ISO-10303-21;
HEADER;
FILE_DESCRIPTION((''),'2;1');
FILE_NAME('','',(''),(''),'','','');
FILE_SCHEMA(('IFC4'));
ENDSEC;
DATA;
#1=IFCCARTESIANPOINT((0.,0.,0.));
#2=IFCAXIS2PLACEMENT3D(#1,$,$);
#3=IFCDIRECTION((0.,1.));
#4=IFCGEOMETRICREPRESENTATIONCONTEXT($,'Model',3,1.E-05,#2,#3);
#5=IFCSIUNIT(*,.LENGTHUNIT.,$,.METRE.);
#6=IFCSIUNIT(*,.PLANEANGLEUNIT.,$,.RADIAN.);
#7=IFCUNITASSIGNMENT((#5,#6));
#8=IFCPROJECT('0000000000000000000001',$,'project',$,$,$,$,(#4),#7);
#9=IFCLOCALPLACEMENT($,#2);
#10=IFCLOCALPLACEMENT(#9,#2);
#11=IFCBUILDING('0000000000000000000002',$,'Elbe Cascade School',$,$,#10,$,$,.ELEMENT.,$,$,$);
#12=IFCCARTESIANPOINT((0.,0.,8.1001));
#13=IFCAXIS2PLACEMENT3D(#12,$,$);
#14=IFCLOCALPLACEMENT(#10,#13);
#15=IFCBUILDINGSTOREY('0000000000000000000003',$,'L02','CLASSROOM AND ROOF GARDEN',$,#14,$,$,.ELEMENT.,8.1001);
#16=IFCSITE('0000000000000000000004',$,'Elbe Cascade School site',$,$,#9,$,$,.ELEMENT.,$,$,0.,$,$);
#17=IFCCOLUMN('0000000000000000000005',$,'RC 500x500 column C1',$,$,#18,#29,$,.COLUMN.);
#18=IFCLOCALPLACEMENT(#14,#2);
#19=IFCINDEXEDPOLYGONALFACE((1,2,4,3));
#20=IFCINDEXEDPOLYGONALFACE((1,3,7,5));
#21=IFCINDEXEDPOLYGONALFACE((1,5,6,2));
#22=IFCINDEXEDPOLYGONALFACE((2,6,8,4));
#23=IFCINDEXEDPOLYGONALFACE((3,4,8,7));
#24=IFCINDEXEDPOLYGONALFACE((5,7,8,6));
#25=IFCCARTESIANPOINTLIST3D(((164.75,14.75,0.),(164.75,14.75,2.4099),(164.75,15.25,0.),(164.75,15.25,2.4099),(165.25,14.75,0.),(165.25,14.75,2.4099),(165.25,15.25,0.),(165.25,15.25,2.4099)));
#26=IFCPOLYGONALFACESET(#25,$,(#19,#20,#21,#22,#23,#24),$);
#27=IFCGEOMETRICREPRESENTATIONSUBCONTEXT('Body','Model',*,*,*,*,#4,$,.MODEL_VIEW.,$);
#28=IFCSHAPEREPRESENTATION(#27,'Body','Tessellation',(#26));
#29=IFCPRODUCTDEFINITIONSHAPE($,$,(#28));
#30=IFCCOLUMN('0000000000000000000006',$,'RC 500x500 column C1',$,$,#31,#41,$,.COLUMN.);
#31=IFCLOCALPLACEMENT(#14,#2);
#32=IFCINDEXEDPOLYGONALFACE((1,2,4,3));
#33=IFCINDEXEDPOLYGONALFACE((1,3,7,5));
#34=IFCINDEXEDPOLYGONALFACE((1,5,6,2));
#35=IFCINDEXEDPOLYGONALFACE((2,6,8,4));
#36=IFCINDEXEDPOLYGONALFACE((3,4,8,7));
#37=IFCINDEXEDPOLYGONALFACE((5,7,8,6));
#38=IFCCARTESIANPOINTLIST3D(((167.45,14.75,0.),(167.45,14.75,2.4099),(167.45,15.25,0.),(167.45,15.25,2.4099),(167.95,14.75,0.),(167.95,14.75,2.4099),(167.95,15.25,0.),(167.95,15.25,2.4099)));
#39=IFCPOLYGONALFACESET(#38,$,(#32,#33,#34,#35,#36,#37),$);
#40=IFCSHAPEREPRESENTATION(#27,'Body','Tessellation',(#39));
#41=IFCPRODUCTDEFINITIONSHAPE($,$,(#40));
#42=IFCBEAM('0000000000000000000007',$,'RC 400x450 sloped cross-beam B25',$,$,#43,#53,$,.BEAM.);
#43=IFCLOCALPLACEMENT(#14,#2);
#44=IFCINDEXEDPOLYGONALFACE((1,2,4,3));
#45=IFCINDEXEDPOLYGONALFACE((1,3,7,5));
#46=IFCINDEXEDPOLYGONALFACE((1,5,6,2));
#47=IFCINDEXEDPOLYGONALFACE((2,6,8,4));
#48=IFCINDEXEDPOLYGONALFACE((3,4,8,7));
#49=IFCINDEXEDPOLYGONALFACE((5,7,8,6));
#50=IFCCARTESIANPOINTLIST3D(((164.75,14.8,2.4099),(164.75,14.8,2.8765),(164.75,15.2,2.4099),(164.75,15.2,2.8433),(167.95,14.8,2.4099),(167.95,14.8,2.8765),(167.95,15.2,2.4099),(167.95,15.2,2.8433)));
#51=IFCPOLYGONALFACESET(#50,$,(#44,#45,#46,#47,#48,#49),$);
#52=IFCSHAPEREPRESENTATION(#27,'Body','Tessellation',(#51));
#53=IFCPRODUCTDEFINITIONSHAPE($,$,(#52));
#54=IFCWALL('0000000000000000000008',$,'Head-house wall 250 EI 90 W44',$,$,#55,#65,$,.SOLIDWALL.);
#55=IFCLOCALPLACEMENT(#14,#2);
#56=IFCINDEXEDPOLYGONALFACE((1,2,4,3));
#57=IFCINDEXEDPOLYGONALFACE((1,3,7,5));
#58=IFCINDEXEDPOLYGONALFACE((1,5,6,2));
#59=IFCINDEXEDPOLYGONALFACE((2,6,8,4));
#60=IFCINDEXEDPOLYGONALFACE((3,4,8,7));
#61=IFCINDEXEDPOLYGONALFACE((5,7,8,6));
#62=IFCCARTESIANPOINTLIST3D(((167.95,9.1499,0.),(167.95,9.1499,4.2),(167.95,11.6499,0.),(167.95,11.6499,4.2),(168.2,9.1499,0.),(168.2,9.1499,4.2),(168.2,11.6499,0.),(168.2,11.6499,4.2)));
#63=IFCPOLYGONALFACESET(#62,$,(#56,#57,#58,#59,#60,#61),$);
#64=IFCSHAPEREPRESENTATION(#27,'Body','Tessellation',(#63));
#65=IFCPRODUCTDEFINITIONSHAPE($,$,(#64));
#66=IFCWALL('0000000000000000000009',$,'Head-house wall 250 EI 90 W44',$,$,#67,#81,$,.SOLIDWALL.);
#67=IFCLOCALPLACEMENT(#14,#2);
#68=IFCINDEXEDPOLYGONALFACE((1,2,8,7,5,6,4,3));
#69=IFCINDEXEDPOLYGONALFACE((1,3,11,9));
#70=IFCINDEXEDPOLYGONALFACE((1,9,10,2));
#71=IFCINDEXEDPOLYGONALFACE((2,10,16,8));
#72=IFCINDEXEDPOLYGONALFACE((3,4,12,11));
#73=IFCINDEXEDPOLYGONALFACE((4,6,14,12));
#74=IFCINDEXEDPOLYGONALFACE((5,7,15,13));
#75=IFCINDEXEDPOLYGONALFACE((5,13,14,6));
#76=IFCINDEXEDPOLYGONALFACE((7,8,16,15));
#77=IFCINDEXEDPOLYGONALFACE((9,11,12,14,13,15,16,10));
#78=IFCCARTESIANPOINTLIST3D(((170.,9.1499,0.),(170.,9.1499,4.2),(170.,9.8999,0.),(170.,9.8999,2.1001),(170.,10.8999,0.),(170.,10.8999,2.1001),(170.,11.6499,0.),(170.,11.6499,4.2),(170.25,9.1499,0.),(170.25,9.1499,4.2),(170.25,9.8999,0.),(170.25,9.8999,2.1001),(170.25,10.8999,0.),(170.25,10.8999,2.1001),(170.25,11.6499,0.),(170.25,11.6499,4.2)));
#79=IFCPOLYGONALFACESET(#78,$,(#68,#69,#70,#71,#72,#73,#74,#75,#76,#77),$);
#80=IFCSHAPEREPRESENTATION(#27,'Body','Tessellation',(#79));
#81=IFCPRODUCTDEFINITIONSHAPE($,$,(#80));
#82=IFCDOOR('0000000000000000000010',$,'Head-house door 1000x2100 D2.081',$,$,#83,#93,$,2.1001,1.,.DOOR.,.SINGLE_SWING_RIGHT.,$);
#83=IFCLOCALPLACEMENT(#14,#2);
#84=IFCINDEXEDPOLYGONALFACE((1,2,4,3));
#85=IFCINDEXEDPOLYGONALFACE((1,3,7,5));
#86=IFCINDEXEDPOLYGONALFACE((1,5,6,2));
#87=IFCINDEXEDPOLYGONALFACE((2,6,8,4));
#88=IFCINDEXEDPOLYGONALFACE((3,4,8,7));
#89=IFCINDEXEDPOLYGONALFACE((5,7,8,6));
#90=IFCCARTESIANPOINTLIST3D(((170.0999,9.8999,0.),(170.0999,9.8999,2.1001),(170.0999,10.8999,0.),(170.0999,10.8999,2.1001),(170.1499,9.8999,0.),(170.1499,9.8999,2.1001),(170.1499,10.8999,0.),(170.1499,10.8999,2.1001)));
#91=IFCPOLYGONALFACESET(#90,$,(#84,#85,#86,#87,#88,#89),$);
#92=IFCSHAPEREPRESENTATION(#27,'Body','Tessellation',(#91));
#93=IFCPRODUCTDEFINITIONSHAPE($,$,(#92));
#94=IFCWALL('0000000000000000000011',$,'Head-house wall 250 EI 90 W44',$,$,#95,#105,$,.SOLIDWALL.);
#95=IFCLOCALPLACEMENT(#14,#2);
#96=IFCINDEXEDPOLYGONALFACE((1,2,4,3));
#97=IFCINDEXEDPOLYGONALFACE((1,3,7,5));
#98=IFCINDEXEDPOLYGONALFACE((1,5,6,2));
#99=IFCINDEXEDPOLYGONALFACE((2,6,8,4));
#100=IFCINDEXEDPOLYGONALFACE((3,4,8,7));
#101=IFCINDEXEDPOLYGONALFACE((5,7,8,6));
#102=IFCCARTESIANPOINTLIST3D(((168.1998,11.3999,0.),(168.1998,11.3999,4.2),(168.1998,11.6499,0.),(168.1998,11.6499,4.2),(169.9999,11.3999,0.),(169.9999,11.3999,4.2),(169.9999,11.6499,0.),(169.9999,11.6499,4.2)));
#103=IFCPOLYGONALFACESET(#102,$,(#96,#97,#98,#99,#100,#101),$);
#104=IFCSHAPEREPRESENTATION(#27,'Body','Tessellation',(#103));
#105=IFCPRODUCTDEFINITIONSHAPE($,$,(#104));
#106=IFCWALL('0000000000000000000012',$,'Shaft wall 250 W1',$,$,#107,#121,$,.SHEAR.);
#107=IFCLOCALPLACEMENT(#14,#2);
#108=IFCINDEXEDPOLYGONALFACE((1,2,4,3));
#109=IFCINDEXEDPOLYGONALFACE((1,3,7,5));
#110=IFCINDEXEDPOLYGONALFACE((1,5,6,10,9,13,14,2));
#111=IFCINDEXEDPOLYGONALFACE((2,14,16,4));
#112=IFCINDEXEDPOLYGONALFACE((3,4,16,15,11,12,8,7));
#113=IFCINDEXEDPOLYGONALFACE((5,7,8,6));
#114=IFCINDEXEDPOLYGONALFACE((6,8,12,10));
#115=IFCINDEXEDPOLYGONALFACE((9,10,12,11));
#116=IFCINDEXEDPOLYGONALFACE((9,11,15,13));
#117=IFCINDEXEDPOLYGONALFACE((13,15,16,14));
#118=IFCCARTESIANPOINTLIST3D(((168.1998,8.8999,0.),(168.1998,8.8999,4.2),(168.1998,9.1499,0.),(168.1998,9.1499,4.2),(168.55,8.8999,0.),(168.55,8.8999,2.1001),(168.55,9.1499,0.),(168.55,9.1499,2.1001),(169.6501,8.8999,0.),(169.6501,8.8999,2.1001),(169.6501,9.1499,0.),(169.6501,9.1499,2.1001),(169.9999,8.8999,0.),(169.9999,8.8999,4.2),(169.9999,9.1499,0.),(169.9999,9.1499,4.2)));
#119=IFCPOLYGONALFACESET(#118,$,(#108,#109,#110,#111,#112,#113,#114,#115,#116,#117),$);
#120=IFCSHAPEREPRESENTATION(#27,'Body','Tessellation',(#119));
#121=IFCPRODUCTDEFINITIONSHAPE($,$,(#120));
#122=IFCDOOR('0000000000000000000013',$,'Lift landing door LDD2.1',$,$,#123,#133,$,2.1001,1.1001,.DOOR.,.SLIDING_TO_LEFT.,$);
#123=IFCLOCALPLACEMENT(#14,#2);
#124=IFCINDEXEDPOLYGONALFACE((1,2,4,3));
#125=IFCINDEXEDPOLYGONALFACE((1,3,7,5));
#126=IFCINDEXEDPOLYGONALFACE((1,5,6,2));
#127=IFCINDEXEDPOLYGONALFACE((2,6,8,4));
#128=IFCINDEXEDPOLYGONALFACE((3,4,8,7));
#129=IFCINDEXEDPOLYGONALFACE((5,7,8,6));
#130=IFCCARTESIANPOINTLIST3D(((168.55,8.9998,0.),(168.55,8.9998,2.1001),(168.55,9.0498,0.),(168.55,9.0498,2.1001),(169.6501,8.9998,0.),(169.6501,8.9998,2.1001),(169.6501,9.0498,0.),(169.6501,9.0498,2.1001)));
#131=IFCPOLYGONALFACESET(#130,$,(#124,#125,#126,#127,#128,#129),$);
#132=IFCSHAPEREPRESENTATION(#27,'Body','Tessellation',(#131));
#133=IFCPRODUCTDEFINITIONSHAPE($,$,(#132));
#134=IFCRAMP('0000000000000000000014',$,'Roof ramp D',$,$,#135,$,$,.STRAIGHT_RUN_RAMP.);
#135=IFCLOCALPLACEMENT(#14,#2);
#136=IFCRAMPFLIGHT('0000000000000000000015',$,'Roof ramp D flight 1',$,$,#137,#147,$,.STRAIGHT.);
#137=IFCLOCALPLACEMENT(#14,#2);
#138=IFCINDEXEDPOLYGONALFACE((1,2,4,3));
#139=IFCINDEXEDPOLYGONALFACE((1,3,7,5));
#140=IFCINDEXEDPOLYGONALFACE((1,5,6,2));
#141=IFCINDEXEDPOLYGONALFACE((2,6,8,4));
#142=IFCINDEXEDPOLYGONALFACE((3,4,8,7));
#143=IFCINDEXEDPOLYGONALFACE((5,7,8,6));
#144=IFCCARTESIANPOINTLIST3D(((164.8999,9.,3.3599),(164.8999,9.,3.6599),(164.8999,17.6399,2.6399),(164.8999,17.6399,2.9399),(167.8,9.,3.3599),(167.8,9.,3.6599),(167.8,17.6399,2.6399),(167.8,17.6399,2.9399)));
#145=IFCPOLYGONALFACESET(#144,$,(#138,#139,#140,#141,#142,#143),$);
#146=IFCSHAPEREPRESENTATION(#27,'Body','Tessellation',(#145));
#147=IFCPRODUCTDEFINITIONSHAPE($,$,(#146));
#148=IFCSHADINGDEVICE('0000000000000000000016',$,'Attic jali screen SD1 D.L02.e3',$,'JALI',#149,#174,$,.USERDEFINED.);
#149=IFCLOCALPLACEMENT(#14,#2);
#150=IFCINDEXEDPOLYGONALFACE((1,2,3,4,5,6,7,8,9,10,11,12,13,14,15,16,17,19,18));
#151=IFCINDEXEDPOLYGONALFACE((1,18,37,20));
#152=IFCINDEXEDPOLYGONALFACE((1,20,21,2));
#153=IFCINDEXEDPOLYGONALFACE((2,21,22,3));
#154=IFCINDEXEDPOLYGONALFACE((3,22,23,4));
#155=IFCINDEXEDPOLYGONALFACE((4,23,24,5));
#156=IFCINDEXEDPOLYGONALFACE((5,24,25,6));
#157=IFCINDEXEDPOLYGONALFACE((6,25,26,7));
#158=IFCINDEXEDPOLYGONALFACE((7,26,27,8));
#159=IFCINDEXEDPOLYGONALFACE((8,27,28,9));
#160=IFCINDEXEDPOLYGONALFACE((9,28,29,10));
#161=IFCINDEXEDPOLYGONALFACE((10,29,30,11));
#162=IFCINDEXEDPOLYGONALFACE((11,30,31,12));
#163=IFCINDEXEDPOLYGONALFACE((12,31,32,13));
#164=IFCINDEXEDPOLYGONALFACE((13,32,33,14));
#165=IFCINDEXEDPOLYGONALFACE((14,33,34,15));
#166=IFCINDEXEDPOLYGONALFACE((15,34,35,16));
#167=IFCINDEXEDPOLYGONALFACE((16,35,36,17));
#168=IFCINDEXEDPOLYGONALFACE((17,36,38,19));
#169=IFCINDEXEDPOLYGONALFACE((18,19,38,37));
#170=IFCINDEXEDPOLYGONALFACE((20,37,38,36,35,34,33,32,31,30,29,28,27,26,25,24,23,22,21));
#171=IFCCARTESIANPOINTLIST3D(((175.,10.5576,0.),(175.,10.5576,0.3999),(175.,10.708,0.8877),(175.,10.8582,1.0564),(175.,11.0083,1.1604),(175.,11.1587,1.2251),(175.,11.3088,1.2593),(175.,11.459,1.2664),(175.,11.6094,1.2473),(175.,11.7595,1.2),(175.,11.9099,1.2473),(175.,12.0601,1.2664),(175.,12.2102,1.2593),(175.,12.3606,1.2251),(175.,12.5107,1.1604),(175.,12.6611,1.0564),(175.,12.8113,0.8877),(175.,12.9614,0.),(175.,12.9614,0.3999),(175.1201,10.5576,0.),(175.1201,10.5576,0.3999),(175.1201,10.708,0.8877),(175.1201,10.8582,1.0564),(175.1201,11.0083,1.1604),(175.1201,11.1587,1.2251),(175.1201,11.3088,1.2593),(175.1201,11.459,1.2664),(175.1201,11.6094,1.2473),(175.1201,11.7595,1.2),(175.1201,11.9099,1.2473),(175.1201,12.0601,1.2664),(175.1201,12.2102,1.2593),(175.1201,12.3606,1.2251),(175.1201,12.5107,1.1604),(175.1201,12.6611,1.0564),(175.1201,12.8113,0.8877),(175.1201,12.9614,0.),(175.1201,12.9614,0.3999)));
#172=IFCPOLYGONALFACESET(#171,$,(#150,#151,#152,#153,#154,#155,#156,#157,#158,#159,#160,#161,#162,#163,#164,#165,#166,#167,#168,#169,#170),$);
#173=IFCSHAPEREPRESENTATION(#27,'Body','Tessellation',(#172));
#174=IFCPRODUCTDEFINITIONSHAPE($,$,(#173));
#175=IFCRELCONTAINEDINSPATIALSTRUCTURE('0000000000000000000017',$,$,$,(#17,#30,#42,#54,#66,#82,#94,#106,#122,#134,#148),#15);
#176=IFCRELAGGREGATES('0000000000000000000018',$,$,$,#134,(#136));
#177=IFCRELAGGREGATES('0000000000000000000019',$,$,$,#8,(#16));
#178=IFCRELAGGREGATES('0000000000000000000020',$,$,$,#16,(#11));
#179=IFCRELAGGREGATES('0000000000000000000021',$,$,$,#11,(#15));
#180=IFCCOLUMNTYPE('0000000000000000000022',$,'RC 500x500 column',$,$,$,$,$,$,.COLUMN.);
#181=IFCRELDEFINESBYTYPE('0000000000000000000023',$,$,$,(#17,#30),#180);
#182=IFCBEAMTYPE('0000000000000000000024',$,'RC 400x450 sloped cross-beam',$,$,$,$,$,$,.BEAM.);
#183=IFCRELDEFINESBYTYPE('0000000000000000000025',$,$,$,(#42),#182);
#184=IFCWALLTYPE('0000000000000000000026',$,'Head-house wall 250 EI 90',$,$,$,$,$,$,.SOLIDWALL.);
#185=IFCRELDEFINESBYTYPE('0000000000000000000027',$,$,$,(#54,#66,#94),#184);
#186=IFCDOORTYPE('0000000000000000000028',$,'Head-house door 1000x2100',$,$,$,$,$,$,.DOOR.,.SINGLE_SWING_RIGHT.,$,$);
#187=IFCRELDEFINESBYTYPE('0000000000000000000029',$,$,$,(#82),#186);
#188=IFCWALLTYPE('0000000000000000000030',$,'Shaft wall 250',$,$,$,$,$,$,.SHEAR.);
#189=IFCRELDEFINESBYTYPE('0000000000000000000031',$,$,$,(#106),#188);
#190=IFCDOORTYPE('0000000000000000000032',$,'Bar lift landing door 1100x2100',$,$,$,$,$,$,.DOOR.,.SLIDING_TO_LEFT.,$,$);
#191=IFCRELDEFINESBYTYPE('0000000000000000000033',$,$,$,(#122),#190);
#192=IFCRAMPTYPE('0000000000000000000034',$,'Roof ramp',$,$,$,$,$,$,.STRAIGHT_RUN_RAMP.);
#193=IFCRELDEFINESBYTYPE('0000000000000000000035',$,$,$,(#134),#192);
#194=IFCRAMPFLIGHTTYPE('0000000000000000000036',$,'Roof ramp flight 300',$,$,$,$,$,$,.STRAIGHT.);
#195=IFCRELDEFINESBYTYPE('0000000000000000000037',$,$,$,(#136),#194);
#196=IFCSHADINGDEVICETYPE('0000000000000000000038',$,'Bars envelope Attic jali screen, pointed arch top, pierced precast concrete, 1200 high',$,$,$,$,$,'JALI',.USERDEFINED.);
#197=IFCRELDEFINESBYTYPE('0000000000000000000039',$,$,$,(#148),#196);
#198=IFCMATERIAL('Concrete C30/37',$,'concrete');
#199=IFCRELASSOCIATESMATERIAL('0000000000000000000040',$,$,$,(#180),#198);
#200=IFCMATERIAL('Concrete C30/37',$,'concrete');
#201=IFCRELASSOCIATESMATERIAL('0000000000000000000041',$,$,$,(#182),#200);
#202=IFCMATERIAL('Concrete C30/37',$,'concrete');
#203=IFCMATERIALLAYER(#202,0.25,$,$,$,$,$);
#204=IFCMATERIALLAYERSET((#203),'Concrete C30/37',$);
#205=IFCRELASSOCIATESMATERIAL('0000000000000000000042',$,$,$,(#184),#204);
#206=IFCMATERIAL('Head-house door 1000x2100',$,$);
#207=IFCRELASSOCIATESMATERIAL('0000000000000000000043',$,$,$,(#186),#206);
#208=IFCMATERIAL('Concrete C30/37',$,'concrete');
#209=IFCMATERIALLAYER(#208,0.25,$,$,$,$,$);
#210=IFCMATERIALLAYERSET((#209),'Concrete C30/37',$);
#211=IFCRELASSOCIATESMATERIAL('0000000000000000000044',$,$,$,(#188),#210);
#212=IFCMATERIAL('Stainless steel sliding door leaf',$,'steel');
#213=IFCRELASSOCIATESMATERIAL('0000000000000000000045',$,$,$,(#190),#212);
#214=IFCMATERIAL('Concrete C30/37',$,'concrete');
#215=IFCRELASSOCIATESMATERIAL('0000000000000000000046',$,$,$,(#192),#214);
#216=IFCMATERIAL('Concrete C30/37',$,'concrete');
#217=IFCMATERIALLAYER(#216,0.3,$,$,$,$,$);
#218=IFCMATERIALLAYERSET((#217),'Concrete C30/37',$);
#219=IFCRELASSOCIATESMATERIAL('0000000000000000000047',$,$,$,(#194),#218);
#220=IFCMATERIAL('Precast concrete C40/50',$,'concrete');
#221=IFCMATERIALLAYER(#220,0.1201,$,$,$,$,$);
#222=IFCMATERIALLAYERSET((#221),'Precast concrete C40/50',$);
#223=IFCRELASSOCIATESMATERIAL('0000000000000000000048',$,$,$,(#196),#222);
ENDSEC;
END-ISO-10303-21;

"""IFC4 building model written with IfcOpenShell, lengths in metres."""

from ifc_helpers import new_model, si_unit, direction, frame, frame_2d, origin, origin_2d, place, context, subcontext, project, spatial, polyline, rectangle, outline, extrude, material, layer, layer_set, material_profile, profile_set, type_object, element, fill, aggregate, save


model = new_model("IFC4")

# Units and contexts
model_context = context("Model", 3, precision=1e-05, world=origin(), true_north=direction((0.0, 1.0)))
body_context = subcontext(model_context, "Body", "Model", "MODEL_VIEW")
ifc_project = project(units=[si_unit("LENGTHUNIT", "METRE"), si_unit("PLANEANGLEUNIT", "RADIAN")], contexts=[model_context])

# Site, building, storey
site_placement = place(None, origin())
site = spatial("IfcSite", under=ifc_project, at=site_placement, Name="Elbe Cascade School site", CompositionType="ELEMENT", RefElevation=0.0)
building_placement = place(site_placement, origin())
building = spatial("IfcBuilding", under=site, at=building_placement, Name="Elbe Cascade School", CompositionType="ELEMENT")
storey_placement = place(building_placement, frame((0.0, 0.0, 8.1001)))
storey = spatial("IfcBuildingStorey", under=building, at=storey_placement, Name="L02", Description="CLASSROOM AND ROOF GARDEN", CompositionType="ELEMENT", Elevation=8.1001)

# Columns
ifc_material_1 = material(Name="Concrete C30/37", Category="concrete")
ifc_material_profile_1 = material_profile(ifc_material_1, rectangle(XDim=0.5, YDim=0.5, at=origin_2d()), Name="RC 500x500")
ifc_profile_set_1 = profile_set([ifc_material_profile_1], Name="Concrete C30/37")
column_type = type_object("IfcColumnType", Name="RC 500x500 column", PredefinedType="COLUMN", material=ifc_profile_set_1)
for number, where, z_axis, x_axis, name in (
    (1, (165.0, 15.0, 0.0), (0.0, 0.0, 1.0), (1.0, 0.0, 0.0), "RC 500x500 column C1"),
    (2, (167.7, 15.0, 0.0), (0.0, 0.0, 1.0), (1.0, 0.0, 0.0), "RC 500x500 column C1"),
):
    element("IfcColumn", number, at=place(storey_placement, frame(where, z_axis=z_axis, x_axis=x_axis)), inside=storey, type_object=column_type, Name=name, PredefinedType="COLUMN", context=body_context, shape_type="SweptSolid", body=[
        extrude(rectangle(XDim=0.5, YDim=0.5, at=origin_2d()), origin(), (0.0, 0.0, 1.0), 2.4099),
    ])

# Beam
ifc_material_2 = material(Name="Concrete C30/37", Category="concrete")
ifc_material_profile_2 = material_profile(ifc_material_2, outline(polyline([(-0.2, 0.0), (0.2, 0.0), (0.2, 0.4333), (-0.2, 0.4666), (-0.2, 0.0)])), Name="RC cross-beam 400x450 sloped top")
ifc_profile_set_2 = profile_set([ifc_material_profile_2], Name="Concrete C30/37")
beam_type = type_object("IfcBeamType", Name="RC 400x450 sloped cross-beam", PredefinedType="BEAM", material=ifc_profile_set_2)
beam_placement = place(storey_placement, frame((164.75, 15.0, 2.4099), z_axis=(1.0, 0.0, 0.0), x_axis=(0.0, 1.0, 0.0)))
element("IfcBeam", 3, at=beam_placement, inside=storey, type_object=beam_type, Name="RC 400x450 sloped cross-beam B25", PredefinedType="BEAM", context=body_context, shape_type="SweptSolid", body=[
    extrude(outline(polyline([(-0.2, 0.0), (0.2, 0.0), (0.2, 0.4333), (-0.2, 0.4666), (-0.2, 0.0)])), origin(), (0.0, 0.0, 1.0), 3.2),
])

# Wall
ifc_material_3 = material(Name="Concrete C30/37", Category="concrete")
ifc_layer_1 = layer(ifc_material_3, 0.25)
ifc_layer_set_1 = layer_set([ifc_layer_1], Name="Concrete C30/37")
wall_type_1 = type_object("IfcWallType", Name="Head-house wall 250 EI 90", PredefinedType="SOLIDWALL", material=ifc_layer_set_1)
wall_1_placement = place(storey_placement, frame((168.075, 9.1499, 0.0), z_axis=(0.0, 0.0, 1.0), x_axis=(0.0, 1.0, 0.0)))
element("IfcWall", 4, at=wall_1_placement, inside=storey, type_object=wall_type_1, Name="Head-house wall 250 EI 90 W44", PredefinedType="SOLIDWALL", context=body_context, shape_type="SweptSolid", body=[
    extrude(rectangle(XDim=2.5, YDim=0.25, at=frame_2d((1.25, 0.0))), origin(), (0.0, 0.0, 1.0), 4.2),
])

# Wall, opening, door
wall_2_placement = place(storey_placement, frame((170.125, 11.6499, 0.0), z_axis=(0.0, 0.0, 1.0), x_axis=(0.0, -1.0, 0.0)))
wall_2 = element("IfcWall", 5, at=wall_2_placement, inside=storey, type_object=wall_type_1, Name="Head-house wall 250 EI 90 W44", PredefinedType="SOLIDWALL", context=body_context, shape_type="SweptSolid", body=[
    extrude(rectangle(XDim=2.5, YDim=0.25, at=frame_2d((1.25, 0.0))), origin(), (0.0, 0.0, 1.0), 4.2),
])
opening_1_placement = place(wall_2_placement, frame((0.75, 0.0, 0.0)))
opening_1 = element("IfcOpeningElement", 6, at=opening_1_placement, cuts=wall_2, PredefinedType="OPENING", context=body_context, shape_type="SweptSolid", body=[
    extrude(rectangle(XDim=1.0, YDim=2.1001, at=frame_2d((0.5, 1.05))), frame((0.0, 0.135, 0.0), z_axis=(0.0, -1.0, 0.0), x_axis=(1.0, 0.0, 0.0)), (0.0, 0.0, 1.0), 0.27),
])
ifc_material_4 = material(Name="Head-house door 1000x2100")
door_type_1 = type_object("IfcDoorType", Name="Head-house door 1000x2100", OperationType="SINGLE_SWING_RIGHT", PredefinedType="DOOR", material=ifc_material_4)
door_1_placement = place(opening_1_placement, origin())
door_1 = element("IfcDoor", 7, at=door_1_placement, inside=storey, type_object=door_type_1, Name="Head-house door 1000x2100 D2.081", OperationType="SINGLE_SWING_RIGHT", OverallHeight=2.1001, OverallWidth=1.0, PredefinedType="DOOR", context=body_context, shape_type="SweptSolid", body=[
    extrude(rectangle(XDim=1.0, YDim=2.1001, at=frame_2d((0.5, 1.05))), frame((0.0, 0.0249, 0.0), z_axis=(0.0, -1.0, 0.0), x_axis=(1.0, 0.0, 0.0)), (0.0, 0.0, 1.0), 0.05),
])
fill(opening_1, door_1)

# Wall
wall_3_placement = place(storey_placement, frame((168.2, 11.5249, 0.0), z_axis=(0.0, 0.0, 1.0), x_axis=(1.0, 0.0, 0.0)))
element("IfcWall", 8, at=wall_3_placement, inside=storey, type_object=wall_type_1, Name="Head-house wall 250 EI 90 W44", PredefinedType="SOLIDWALL", context=body_context, shape_type="SweptSolid", body=[
    extrude(rectangle(XDim=1.8, YDim=0.25, at=frame_2d((0.8999, 0.0))), origin(), (0.0, 0.0, 1.0), 4.2),
])

# Wall, opening, door
ifc_material_5 = material(Name="Concrete C30/37", Category="concrete")
ifc_layer_2 = layer(ifc_material_5, 0.25)
ifc_layer_set_2 = layer_set([ifc_layer_2], Name="Concrete C30/37")
wall_type_2 = type_object("IfcWallType", Name="Shaft wall 250", PredefinedType="SHEAR", material=ifc_layer_set_2)
wall_4_placement = place(storey_placement, frame((168.2, 9.0249, 0.0), z_axis=(0.0, 0.0, 1.0), x_axis=(1.0, 0.0, 0.0)))
wall_4 = element("IfcWall", 9, at=wall_4_placement, inside=storey, type_object=wall_type_2, Name="Shaft wall 250 W1", PredefinedType="SHEAR", context=body_context, shape_type="SweptSolid", body=[
    extrude(rectangle(XDim=1.8, YDim=0.25, at=frame_2d((0.8999, 0.0))), origin(), (0.0, 0.0, 1.0), 4.2),
])
opening_2_placement = place(wall_4_placement, frame((0.3501, 0.0, 0.0)))
opening_2 = element("IfcOpeningElement", 10, at=opening_2_placement, cuts=wall_4, PredefinedType="OPENING", context=body_context, shape_type="SweptSolid", body=[
    extrude(rectangle(XDim=1.1001, YDim=2.1001, at=frame_2d((0.55, 1.05))), frame((0.0, 0.135, 0.0), z_axis=(0.0, -1.0, 0.0), x_axis=(1.0, 0.0, 0.0)), (0.0, 0.0, 1.0), 0.27),
])
ifc_material_6 = material(Name="Stainless steel sliding door leaf", Category="steel")
door_type_2 = type_object("IfcDoorType", Name="Bar lift landing door 1100x2100", OperationType="SLIDING_TO_LEFT", PredefinedType="DOOR", material=ifc_material_6)
door_2_placement = place(opening_2_placement, origin())
door_2 = element("IfcDoor", 11, at=door_2_placement, inside=storey, type_object=door_type_2, Name="Lift landing door LDD2.1", OperationType="SLIDING_TO_LEFT", OverallHeight=2.1001, OverallWidth=1.1001, PredefinedType="DOOR", context=body_context, shape_type="SweptSolid", body=[
    extrude(rectangle(XDim=1.1001, YDim=2.1001, at=frame_2d((0.55, 1.05))), frame((0.0, 0.0249, 0.0), z_axis=(0.0, -1.0, 0.0), x_axis=(1.0, 0.0, 0.0)), (0.0, 0.0, 1.0), 0.05),
])
fill(opening_2, door_2)

# Ramp, ramp flight
ifc_material_7 = material(Name="Concrete C30/37", Category="concrete")
ramp_type = type_object("IfcRampType", Name="Roof ramp", PredefinedType="STRAIGHT_RUN_RAMP", material=ifc_material_7)
ramp_placement = place(storey_placement, origin())
ramp = element("IfcRamp", 12, at=ramp_placement, inside=storey, type_object=ramp_type, Name="Roof ramp D", PredefinedType="STRAIGHT_RUN_RAMP")
ifc_material_8 = material(Name="Concrete C30/37", Category="concrete")
ifc_layer_3 = layer(ifc_material_8, 0.3)
ifc_layer_set_3 = layer_set([ifc_layer_3], Name="Concrete C30/37")
ramp_flight_type = type_object("IfcRampFlightType", Name="Roof ramp flight 300", PredefinedType="STRAIGHT", material=ifc_layer_set_3)
ramp_flight_placement = place(storey_placement, frame((166.3501, 9.0, 3.6599), z_axis=(0.0, 0.0, 1.0), x_axis=(0.0, 1.0, 0.0)))
ramp_flight = element("IfcRampFlight", 13, at=ramp_flight_placement, type_object=ramp_flight_type, Name="Roof ramp D flight 1", PredefinedType="STRAIGHT", context=body_context, shape_type="SweptSolid", body=[
    extrude(outline(polyline([(0.0, -0.3), (8.6399, -1.02), (8.6399, -0.72), (0.0, 0.0), (0.0, -0.3)])), frame((0.0, 1.4502, 0.0), z_axis=(0.0, -1.0, 0.0), x_axis=(1.0, 0.0, 0.0)), (0.0, 0.0, 1.0), 2.9001),
])
aggregate(ramp, [ramp_flight])

# Shading device
ifc_material_9 = material(Name="Precast concrete C40/50", Category="concrete")
ifc_layer_4 = layer(ifc_material_9, 0.1201)
ifc_layer_set_4 = layer_set([ifc_layer_4], Name="Precast concrete C40/50")
shading_device_type = type_object("IfcShadingDeviceType", Name="Bars envelope Attic jali screen, pointed arch top, pierced precast concrete, 1200 high", ElementType="JALI", PredefinedType="USERDEFINED", material=ifc_layer_set_4)
shading_device_1_placement = place(storey_placement, frame((175.1201, 10.5576, 0.0), z_axis=(1.0, 0.0, 0.0), x_axis=(0.0, 1.0, 0.0)))
element("IfcShadingDevice", 14, at=shading_device_1_placement, inside=storey, type_object=shading_device_type, Name="Attic jali screen SD1 D.L02.e3", ObjectType="JALI", PredefinedType="USERDEFINED", context=body_context, shape_type="SweptSolid", body=[
    extrude(outline(polyline([(0.0, 0.0), (2.4038, 0.0), (2.4038, 0.3999), (2.2537, 0.8877), (2.1035, 1.0564), (1.9531, 1.1604), (1.803, 1.2251), (1.6526, 1.2593), (1.5024, 1.2664), (1.3523, 1.2473), (1.2019, 1.2), (1.0518, 1.2473), (0.9014, 1.2664), (0.7512, 1.2593), (0.6011, 1.2251), (0.4507, 1.1604), (0.3005, 1.0564), (0.1504, 0.8877), (0.0, 0.3999), (0.0, 0.0)])), origin(), (0.0, 0.0, -1.0), 0.1201),
])

save(model, "model.ifc")
